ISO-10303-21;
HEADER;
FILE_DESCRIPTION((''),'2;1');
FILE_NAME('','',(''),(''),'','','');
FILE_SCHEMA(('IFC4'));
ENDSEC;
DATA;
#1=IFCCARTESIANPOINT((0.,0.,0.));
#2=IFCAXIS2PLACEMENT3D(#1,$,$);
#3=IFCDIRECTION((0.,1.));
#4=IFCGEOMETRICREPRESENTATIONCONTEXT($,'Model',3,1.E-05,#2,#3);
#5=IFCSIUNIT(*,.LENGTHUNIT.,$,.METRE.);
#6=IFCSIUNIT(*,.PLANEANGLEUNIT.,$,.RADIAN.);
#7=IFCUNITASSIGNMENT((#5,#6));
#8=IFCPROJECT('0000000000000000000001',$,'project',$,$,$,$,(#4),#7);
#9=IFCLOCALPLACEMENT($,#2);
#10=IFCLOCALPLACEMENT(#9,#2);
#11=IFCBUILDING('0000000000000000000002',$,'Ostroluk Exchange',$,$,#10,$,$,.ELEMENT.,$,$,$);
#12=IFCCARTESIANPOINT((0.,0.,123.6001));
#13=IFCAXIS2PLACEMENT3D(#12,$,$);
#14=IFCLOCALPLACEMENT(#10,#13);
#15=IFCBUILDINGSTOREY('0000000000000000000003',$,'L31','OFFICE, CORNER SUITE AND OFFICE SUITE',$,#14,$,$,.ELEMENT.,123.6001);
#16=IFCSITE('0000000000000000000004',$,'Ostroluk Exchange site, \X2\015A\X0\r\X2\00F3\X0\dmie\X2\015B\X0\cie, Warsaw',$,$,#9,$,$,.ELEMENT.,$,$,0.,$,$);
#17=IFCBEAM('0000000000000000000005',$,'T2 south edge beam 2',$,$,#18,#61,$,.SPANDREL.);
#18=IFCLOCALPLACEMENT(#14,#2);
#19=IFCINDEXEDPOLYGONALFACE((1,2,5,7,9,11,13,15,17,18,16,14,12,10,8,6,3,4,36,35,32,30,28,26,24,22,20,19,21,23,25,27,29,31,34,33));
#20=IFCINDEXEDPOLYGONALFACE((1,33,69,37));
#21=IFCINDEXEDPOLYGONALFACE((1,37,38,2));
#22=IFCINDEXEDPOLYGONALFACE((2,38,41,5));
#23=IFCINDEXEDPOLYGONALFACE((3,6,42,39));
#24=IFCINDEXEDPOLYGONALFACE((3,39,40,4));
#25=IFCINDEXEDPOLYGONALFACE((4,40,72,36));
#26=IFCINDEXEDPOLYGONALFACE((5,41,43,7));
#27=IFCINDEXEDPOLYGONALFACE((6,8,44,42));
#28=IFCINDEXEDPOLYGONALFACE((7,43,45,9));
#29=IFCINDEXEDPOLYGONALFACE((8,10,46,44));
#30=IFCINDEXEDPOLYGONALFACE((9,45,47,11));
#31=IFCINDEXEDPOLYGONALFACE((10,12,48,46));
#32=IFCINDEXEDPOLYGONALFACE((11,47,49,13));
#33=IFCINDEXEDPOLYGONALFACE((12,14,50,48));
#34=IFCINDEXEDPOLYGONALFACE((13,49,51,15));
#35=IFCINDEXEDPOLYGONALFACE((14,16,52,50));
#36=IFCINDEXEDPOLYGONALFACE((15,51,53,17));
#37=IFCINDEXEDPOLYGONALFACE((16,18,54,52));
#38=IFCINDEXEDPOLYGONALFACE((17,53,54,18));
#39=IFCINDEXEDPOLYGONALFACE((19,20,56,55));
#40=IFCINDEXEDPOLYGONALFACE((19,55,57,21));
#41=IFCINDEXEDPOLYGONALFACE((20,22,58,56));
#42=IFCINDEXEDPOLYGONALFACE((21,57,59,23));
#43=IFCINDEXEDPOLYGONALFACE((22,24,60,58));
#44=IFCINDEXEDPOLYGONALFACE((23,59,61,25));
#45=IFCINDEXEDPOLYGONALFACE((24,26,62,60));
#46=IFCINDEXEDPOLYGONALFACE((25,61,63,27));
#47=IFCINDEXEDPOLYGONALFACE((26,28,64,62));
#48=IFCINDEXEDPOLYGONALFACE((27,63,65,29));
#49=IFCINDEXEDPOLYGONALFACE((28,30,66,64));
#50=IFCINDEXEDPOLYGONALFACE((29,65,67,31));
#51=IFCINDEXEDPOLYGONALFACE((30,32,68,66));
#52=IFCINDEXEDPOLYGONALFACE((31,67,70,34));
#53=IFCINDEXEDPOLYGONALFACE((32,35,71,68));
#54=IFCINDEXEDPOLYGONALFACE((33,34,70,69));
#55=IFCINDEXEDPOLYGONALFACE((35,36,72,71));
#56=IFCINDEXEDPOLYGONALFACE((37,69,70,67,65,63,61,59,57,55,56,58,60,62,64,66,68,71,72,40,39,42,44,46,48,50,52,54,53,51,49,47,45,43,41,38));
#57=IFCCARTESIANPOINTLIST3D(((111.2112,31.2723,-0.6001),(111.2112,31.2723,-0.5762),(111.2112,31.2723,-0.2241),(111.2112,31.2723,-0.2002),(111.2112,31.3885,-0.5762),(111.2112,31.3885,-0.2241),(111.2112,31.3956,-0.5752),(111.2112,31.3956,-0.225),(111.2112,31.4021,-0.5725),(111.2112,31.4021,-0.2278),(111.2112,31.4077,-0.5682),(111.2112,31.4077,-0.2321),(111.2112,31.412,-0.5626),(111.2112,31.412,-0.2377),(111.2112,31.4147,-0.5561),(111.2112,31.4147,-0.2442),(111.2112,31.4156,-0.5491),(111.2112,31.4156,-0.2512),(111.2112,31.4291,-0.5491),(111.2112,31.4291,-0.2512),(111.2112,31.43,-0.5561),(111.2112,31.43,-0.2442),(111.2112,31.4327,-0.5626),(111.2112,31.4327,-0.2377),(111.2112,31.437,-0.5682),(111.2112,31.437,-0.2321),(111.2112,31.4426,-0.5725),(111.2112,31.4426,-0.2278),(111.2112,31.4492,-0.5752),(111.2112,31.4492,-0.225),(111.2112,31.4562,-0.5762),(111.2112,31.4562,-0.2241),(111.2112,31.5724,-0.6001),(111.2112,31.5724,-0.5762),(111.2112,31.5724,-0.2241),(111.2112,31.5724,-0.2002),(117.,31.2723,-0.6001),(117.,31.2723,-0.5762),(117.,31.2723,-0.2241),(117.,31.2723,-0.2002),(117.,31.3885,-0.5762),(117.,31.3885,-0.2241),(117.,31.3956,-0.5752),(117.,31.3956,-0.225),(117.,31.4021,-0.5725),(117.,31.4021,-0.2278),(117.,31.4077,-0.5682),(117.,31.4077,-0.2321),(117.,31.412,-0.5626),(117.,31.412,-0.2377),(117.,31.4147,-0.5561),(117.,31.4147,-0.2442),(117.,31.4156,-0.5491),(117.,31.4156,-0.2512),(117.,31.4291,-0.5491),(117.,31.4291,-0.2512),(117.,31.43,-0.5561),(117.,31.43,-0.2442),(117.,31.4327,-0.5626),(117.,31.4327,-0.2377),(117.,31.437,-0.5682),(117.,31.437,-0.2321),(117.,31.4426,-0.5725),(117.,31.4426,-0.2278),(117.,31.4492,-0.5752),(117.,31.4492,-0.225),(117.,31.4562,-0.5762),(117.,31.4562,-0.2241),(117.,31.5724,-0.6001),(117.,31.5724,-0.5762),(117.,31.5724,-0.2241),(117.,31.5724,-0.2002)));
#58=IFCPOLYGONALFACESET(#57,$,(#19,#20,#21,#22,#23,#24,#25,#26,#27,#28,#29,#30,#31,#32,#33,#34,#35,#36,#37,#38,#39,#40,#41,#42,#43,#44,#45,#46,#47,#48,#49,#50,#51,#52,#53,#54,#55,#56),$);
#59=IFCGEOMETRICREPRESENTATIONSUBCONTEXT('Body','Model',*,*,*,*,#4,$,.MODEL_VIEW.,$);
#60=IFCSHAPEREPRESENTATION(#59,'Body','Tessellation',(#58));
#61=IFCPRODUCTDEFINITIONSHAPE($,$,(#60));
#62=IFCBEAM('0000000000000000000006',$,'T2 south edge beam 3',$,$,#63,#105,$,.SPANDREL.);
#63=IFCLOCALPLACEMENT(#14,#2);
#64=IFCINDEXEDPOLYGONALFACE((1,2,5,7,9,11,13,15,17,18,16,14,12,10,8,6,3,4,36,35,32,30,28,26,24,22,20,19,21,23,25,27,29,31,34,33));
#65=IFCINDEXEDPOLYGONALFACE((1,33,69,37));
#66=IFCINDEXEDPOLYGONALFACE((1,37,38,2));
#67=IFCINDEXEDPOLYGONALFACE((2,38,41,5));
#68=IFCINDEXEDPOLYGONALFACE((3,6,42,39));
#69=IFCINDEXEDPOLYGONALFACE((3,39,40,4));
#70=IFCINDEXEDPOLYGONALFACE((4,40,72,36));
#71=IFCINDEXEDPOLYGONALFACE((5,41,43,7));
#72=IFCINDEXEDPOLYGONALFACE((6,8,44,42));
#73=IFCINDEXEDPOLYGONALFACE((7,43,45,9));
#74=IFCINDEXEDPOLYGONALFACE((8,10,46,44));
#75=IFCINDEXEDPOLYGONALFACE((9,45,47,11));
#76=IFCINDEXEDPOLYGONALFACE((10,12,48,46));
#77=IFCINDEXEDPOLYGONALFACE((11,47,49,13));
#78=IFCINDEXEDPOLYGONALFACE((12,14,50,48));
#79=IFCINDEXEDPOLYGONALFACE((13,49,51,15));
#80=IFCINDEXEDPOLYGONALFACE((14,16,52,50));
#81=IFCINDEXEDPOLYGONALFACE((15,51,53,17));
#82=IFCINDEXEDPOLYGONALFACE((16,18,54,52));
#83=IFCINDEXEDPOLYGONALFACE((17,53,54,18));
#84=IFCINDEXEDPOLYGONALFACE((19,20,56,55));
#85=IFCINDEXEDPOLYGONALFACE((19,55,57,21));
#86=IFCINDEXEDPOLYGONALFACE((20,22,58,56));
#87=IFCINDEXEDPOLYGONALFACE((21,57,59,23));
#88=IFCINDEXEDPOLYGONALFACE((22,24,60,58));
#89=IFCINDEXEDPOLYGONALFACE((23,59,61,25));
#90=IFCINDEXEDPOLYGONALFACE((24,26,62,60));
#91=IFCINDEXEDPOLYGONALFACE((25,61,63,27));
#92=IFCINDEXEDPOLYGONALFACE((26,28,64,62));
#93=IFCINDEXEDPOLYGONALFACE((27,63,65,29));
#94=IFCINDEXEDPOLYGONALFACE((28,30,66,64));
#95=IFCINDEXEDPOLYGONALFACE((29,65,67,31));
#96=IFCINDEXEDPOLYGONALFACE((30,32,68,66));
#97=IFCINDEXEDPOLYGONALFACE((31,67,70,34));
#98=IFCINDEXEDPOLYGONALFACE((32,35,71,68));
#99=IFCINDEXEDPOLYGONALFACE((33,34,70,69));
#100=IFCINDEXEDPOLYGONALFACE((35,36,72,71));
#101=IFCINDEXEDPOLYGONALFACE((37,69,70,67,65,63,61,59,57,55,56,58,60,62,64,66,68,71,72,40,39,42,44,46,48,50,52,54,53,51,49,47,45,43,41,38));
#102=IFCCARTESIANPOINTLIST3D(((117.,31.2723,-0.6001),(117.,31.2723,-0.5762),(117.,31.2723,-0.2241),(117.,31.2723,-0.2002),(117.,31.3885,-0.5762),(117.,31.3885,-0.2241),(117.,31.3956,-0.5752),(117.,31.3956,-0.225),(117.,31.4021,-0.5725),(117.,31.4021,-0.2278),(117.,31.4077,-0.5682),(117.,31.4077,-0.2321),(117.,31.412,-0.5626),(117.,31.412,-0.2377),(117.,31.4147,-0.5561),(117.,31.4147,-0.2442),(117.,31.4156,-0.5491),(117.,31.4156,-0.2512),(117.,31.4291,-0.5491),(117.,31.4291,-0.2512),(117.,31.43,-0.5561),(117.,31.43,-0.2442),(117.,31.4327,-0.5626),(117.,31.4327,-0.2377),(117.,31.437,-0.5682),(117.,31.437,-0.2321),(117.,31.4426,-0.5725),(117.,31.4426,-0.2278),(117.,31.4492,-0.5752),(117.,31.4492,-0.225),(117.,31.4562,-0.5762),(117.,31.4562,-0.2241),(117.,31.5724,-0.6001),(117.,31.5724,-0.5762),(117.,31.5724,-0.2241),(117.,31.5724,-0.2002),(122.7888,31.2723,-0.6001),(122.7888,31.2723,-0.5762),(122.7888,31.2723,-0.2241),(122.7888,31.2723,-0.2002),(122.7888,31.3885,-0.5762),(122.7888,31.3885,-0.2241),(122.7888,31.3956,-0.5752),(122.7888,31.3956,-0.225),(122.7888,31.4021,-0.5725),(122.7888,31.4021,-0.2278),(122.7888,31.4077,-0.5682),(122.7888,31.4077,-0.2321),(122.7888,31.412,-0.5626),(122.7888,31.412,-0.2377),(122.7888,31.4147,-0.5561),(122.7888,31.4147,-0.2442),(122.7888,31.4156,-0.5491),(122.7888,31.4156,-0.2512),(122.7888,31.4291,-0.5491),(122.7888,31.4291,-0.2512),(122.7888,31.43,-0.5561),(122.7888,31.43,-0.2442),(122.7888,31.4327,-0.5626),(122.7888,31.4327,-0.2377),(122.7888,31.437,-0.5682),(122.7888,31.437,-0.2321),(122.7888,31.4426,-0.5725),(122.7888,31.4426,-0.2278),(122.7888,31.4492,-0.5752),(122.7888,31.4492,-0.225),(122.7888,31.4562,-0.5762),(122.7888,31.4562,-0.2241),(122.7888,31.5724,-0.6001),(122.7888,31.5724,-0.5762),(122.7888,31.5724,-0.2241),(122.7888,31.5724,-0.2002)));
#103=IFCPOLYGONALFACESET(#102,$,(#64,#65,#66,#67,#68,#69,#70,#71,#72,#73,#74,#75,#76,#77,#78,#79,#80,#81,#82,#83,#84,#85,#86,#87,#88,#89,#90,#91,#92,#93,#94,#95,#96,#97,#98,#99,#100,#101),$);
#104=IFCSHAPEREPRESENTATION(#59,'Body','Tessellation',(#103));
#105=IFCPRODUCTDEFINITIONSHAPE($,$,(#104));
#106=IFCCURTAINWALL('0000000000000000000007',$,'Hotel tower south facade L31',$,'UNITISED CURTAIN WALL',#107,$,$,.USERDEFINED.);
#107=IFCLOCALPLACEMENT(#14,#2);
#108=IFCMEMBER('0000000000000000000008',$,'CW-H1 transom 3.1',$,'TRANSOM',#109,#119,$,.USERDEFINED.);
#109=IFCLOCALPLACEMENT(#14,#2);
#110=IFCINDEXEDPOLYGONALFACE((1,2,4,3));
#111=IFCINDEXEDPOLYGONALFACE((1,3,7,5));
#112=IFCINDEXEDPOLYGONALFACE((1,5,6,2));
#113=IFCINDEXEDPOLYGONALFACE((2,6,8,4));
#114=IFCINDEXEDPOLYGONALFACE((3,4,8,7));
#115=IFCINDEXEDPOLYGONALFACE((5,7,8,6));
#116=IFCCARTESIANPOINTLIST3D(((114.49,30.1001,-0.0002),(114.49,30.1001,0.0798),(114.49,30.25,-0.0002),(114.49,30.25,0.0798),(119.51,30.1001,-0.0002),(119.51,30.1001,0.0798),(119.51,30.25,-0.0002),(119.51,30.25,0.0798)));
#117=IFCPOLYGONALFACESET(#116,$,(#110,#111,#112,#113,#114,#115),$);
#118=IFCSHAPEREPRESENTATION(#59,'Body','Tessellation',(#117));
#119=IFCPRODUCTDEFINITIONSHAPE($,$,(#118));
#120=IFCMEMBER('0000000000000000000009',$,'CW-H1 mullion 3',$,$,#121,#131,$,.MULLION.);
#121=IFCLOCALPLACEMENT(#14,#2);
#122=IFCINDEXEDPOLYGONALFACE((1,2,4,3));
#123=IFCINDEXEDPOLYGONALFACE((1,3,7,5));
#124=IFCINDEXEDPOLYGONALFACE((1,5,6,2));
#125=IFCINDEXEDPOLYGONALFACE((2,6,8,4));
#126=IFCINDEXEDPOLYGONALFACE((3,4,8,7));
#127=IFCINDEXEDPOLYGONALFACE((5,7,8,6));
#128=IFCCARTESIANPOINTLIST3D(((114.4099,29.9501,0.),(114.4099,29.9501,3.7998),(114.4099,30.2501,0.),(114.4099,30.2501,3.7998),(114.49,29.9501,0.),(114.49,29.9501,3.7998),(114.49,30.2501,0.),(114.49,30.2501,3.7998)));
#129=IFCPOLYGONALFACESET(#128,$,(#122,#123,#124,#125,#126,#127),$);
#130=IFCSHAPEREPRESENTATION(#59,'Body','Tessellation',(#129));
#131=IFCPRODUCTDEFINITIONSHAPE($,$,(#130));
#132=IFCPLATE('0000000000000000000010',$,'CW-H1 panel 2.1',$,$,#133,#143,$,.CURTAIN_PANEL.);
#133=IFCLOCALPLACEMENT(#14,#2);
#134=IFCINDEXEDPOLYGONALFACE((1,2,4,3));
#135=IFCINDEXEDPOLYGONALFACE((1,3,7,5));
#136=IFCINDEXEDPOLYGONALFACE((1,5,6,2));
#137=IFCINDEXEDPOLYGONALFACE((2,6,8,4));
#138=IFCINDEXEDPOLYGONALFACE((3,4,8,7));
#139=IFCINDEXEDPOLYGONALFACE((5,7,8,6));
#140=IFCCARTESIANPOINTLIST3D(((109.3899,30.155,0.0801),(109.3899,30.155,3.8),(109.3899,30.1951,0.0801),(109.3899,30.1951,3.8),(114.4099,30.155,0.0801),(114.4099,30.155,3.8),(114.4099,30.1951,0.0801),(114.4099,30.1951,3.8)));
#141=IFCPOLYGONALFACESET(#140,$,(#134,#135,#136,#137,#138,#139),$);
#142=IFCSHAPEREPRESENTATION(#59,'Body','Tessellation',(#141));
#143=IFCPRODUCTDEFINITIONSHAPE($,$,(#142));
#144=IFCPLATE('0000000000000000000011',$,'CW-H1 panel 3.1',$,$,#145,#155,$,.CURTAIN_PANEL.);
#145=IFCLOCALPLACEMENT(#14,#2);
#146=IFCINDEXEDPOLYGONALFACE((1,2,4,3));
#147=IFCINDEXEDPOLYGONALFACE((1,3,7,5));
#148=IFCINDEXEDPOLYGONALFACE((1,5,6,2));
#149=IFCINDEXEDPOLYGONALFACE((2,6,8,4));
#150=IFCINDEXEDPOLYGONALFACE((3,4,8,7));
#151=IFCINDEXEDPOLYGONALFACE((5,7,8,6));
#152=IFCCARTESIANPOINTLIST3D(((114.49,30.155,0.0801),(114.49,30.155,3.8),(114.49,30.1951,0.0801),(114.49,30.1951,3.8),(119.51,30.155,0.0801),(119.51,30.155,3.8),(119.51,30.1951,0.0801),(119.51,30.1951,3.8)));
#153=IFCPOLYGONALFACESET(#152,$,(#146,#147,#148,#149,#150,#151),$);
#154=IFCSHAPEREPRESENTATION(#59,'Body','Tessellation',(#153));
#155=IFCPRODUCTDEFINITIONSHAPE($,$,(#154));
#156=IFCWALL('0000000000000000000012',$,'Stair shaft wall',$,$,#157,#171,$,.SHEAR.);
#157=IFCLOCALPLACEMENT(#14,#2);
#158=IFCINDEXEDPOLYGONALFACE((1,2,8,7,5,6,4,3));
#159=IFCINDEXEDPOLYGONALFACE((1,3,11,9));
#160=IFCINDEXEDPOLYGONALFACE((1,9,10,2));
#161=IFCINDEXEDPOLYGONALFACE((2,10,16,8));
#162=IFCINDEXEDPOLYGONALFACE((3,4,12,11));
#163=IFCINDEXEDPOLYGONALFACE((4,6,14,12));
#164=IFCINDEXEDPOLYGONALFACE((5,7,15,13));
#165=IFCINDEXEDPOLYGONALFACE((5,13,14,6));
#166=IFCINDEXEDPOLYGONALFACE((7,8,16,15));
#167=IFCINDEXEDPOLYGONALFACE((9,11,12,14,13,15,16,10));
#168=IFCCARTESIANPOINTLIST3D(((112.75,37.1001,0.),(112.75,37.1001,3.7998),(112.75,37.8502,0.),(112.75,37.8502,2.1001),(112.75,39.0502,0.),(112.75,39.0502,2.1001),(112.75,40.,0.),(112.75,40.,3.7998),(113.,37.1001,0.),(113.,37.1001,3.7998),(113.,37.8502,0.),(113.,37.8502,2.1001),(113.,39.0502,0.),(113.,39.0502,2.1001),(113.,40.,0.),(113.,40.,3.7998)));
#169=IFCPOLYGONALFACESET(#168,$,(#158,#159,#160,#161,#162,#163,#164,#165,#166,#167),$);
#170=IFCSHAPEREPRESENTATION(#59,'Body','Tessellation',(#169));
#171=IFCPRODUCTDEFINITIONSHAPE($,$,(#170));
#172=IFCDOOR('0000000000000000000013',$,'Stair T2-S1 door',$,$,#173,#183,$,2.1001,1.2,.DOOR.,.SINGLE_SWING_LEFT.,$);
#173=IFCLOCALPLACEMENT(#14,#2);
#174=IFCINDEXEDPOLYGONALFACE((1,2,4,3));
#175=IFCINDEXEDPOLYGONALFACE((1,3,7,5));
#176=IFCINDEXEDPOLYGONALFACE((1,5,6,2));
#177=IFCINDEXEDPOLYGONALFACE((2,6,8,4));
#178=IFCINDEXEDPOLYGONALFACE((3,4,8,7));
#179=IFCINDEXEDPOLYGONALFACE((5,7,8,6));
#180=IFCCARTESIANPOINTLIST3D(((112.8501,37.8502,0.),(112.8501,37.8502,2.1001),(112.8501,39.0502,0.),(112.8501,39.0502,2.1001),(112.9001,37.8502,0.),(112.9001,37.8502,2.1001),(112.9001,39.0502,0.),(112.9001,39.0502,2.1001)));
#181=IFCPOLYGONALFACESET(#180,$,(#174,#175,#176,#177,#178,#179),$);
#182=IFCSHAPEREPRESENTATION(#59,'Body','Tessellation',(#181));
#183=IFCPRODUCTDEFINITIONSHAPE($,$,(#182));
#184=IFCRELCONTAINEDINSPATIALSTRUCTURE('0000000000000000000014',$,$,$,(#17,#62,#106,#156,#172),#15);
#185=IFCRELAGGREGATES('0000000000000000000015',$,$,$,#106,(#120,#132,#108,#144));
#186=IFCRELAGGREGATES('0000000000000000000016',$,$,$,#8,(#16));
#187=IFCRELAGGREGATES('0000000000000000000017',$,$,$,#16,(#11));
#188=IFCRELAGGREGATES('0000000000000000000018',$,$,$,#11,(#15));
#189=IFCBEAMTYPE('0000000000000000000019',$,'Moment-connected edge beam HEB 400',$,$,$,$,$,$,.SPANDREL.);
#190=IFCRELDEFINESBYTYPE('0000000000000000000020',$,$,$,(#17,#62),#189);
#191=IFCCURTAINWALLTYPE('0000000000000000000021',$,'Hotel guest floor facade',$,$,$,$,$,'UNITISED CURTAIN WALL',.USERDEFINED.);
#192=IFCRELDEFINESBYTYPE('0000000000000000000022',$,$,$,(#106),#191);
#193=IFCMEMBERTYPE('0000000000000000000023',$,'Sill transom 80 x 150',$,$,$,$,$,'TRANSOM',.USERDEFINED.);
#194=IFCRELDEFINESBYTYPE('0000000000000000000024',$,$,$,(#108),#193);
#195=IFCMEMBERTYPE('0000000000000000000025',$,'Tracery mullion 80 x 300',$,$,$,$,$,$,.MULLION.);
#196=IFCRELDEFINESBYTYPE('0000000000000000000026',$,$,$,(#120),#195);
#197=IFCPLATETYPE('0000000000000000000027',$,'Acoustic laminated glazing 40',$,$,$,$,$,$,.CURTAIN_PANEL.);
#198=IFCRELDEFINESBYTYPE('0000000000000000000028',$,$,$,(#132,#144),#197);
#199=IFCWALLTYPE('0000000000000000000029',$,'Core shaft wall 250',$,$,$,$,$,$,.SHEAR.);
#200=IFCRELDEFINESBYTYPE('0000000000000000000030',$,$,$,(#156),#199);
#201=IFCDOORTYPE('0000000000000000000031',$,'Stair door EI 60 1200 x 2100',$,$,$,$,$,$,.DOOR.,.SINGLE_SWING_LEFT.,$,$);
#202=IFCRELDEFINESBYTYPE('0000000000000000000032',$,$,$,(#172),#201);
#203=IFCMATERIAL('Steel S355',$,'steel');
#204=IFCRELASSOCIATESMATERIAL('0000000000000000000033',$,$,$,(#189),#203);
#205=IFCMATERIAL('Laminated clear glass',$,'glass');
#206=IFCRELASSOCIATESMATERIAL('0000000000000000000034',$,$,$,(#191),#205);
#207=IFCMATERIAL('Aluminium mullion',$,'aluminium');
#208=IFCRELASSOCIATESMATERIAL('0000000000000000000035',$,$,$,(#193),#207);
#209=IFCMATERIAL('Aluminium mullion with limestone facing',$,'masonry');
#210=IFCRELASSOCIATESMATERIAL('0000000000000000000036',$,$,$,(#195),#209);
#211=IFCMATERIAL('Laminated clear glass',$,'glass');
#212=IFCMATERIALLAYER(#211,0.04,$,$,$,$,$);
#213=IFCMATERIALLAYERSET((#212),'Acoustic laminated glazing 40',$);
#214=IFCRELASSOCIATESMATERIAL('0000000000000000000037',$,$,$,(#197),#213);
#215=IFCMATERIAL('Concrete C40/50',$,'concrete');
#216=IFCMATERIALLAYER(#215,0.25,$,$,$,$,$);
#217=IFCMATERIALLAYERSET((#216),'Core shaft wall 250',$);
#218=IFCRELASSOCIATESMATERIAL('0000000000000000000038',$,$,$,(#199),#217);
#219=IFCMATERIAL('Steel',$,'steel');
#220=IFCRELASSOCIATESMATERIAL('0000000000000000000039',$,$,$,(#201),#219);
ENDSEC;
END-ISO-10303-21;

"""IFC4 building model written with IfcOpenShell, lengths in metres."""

from ifc_helpers import new_model, si_unit, direction, frame, frame_2d, origin, origin_2d, place, context, subcontext, project, spatial, rectangle, i_section, extrude, material, layer, layer_set, material_profile, profile_set, type_object, element, fill, aggregate, save


model = new_model("IFC4")

# Units and contexts
model_context = context("Model", 3, precision=1e-05, world=origin(), true_north=direction((0.0, 1.0)))
body_context = subcontext(model_context, "Body", "Model", "MODEL_VIEW")
ifc_project = project(units=[si_unit("LENGTHUNIT", "METRE"), si_unit("PLANEANGLEUNIT", "RADIAN")], contexts=[model_context])

# Site, building, storey
site_placement = place(None, origin())
site = spatial("IfcSite", under=ifc_project, at=site_placement, Name="Ostroluk Exchange site, Śródmieście, Warsaw", CompositionType="ELEMENT", RefElevation=0.0)
building_placement = place(site_placement, origin())
building = spatial("IfcBuilding", under=site, at=building_placement, Name="Ostroluk Exchange", CompositionType="ELEMENT")
storey_placement = place(building_placement, frame((0.0, 0.0, 123.6001)))
storey = spatial("IfcBuildingStorey", under=building, at=storey_placement, Name="L31", Description="OFFICE, CORNER SUITE AND OFFICE SUITE", CompositionType="ELEMENT", Elevation=123.6001)

# Beams
ifc_material_1 = material(Name="Steel S355", Category="steel")
ifc_material_profile_1 = material_profile(ifc_material_1, i_section(OverallWidth=0.3, OverallDepth=0.3999, WebThickness=0.0134, FlangeThickness=0.0239, FilletRadius=0.0271, at=origin_2d()), Name="HEB 400")
ifc_profile_set_1 = profile_set([ifc_material_profile_1], Name="Steel S355")
beam_type_1 = type_object("IfcBeamType", Name="Moment-connected edge beam HEB 400", PredefinedType="SPANDREL", material=ifc_profile_set_1)
for number, where, z_axis, x_axis, name in (
    (1, (111.2112, 31.4224, -0.4001), (1.0, 0.0, 0.0), (0.0, 1.0, 0.0), "T2 south edge beam 2"),
    (2, (117.0, 31.4224, -0.4001), (1.0, 0.0, 0.0), (0.0, 1.0, 0.0), "T2 south edge beam 3"),
):
    element("IfcBeam", number, at=place(storey_placement, frame(where, z_axis=z_axis, x_axis=x_axis)), inside=storey, type_object=beam_type_1, Name=name, PredefinedType="SPANDREL", context=body_context, shape_type="SweptSolid", body=[
        extrude(i_section(OverallWidth=0.3, OverallDepth=0.3999, WebThickness=0.0134, FlangeThickness=0.0239, FilletRadius=0.0271, at=origin_2d()), origin(), (0.0, 0.0, 1.0), 5.7888),
    ])

# Curtain wall, members, plates
ifc_material_2 = material(Name="Laminated clear glass", Category="glass")
curtain_wall_type = type_object("IfcCurtainWallType", Name="Hotel guest floor facade", ElementType="UNITISED CURTAIN WALL", PredefinedType="USERDEFINED", material=ifc_material_2)
curtain_wall_placement = place(storey_placement, origin())
curtain_wall = element("IfcCurtainWall", 3, at=curtain_wall_placement, inside=storey, type_object=curtain_wall_type, Name="Hotel tower south facade L31", ObjectType="UNITISED CURTAIN WALL", PredefinedType="USERDEFINED")
ifc_material_3 = material(Name="Aluminium mullion", Category="aluminium")
ifc_material_profile_2 = material_profile(ifc_material_3, rectangle(XDim=0.1499, YDim=0.0801, at=origin_2d()), Name="Sill transom 80 x 150")
ifc_profile_set_2 = profile_set([ifc_material_profile_2], Name="Aluminium mullion")
member_type_1 = type_object("IfcMemberType", Name="Sill transom 80 x 150", ElementType="TRANSOM", PredefinedType="USERDEFINED", material=ifc_profile_set_2)
member_1_placement = place(storey_placement, frame((114.49, 30.175, 0.0398), z_axis=(1.0, 0.0, 0.0), x_axis=(0.0, 1.0, 0.0)))
member_1 = element("IfcMember", 4, at=member_1_placement, type_object=member_type_1, Name="CW-H1 transom 3.1", ObjectType="TRANSOM", PredefinedType="USERDEFINED", context=body_context, shape_type="SweptSolid", body=[
    extrude(rectangle(XDim=0.1499, YDim=0.0801, at=origin_2d()), origin(), (0.0, 0.0, 1.0), 5.02),
])
ifc_material_4 = material(Name="Aluminium mullion with limestone facing", Category="masonry")
ifc_material_profile_3 = material_profile(ifc_material_4, rectangle(XDim=0.3, YDim=0.0801, at=origin_2d()), Name="Tracery mullion 80 x 300")
ifc_profile_set_3 = profile_set([ifc_material_profile_3], Name="Aluminium mullion with limestone facing")
member_type_2 = type_object("IfcMemberType", Name="Tracery mullion 80 x 300", PredefinedType="MULLION", material=ifc_profile_set_3)
member_2_placement = place(storey_placement, frame((114.45, 30.1001, 0.0), z_axis=(0.0, 0.0, 1.0), x_axis=(0.0, 1.0, 0.0)))
member_2 = element("IfcMember", 5, at=member_2_placement, type_object=member_type_2, Name="CW-H1 mullion 3", PredefinedType="MULLION", context=body_context, shape_type="SweptSolid", body=[
    extrude(rectangle(XDim=0.3, YDim=0.0801, at=origin_2d()), origin(), (0.0, 0.0, 1.0), 3.7998),
])
ifc_material_5 = material(Name="Laminated clear glass", Category="glass")
ifc_layer_1 = layer(ifc_material_5, 0.04)
ifc_layer_set_1 = layer_set([ifc_layer_1], Name="Acoustic laminated glazing 40")
plate_type = type_object("IfcPlateType", Name="Acoustic laminated glazing 40", PredefinedType="CURTAIN_PANEL", material=ifc_layer_set_1)
plate_1_placement = place(storey_placement, frame((111.8999, 30.175, 0.0801), z_axis=(0.0, 0.0, 1.0), x_axis=(1.0, 0.0, 0.0)))
plate_1 = element("IfcPlate", 6, at=plate_1_placement, type_object=plate_type, Name="CW-H1 panel 2.1", PredefinedType="CURTAIN_PANEL", context=body_context, shape_type="SweptSolid", body=[
    extrude(rectangle(XDim=5.02, YDim=0.04, at=origin_2d()), origin(), (0.0, 0.0, 1.0), 3.72),
])
plate_2_placement = place(storey_placement, frame((117.0, 30.175, 0.0801), z_axis=(0.0, 0.0, 1.0), x_axis=(1.0, 0.0, 0.0)))
plate_2 = element("IfcPlate", 7, at=plate_2_placement, type_object=plate_type, Name="CW-H1 panel 3.1", PredefinedType="CURTAIN_PANEL", context=body_context, shape_type="SweptSolid", body=[
    extrude(rectangle(XDim=5.02, YDim=0.04, at=origin_2d()), origin(), (0.0, 0.0, 1.0), 3.72),
])
aggregate(curtain_wall, [member_2, plate_1, member_1, plate_2])

# Wall, opening, door
ifc_material_6 = material(Name="Concrete C40/50", Category="concrete")
ifc_layer_2 = layer(ifc_material_6, 0.25)
ifc_layer_set_2 = layer_set([ifc_layer_2], Name="Core shaft wall 250")
wall_type_1 = type_object("IfcWallType", Name="Core shaft wall 250", PredefinedType="SHEAR", material=ifc_layer_set_2)
wall_1_placement = place(storey_placement, frame((112.875, 37.1001, 0.0), z_axis=(0.0, 0.0, 1.0), x_axis=(0.0, 1.0, 0.0)))
wall_1 = element("IfcWall", 8, at=wall_1_placement, inside=storey, type_object=wall_type_1, Name="Stair shaft wall", PredefinedType="SHEAR", context=body_context, shape_type="SweptSolid", body=[
    extrude(rectangle(XDim=2.8999, YDim=0.25, at=frame_2d((1.45, 0.0))), origin(), (0.0, 0.0, 1.0), 3.7998),
])
opening_1_placement = place(wall_1_placement, frame((0.75, 0.0, 0.0)))
opening_1 = element("IfcOpeningElement", 9, at=opening_1_placement, cuts=wall_1, PredefinedType="OPENING", context=body_context, shape_type="SweptSolid", body=[
    extrude(rectangle(XDim=1.2, YDim=2.1001, at=frame_2d((0.6001, 1.05))), frame((0.0, 0.135, 0.0), z_axis=(0.0, -1.0, 0.0), x_axis=(1.0, 0.0, 0.0)), (0.0, 0.0, 1.0), 0.27),
])
ifc_material_7 = material(Name="Steel", Category="steel")
door_type_1 = type_object("IfcDoorType", Name="Stair door EI 60 1200 x 2100", OperationType="SINGLE_SWING_LEFT", PredefinedType="DOOR", material=ifc_material_7)
door_1_placement = place(opening_1_placement, origin())
door_1 = element("IfcDoor", 10, at=door_1_placement, inside=storey, type_object=door_type_1, Name="Stair T2-S1 door", OperationType="SINGLE_SWING_LEFT", OverallHeight=2.1001, OverallWidth=1.2, PredefinedType="DOOR", context=body_context, shape_type="SweptSolid", body=[
    extrude(rectangle(XDim=1.2, YDim=2.1001, at=frame_2d((0.6001, 1.05))), frame((0.0, 0.0249, 0.0), z_axis=(0.0, -1.0, 0.0), x_axis=(1.0, 0.0, 0.0)), (0.0, 0.0, 1.0), 0.05),
])
fill(opening_1, door_1)

save(model, "model.ifc")
